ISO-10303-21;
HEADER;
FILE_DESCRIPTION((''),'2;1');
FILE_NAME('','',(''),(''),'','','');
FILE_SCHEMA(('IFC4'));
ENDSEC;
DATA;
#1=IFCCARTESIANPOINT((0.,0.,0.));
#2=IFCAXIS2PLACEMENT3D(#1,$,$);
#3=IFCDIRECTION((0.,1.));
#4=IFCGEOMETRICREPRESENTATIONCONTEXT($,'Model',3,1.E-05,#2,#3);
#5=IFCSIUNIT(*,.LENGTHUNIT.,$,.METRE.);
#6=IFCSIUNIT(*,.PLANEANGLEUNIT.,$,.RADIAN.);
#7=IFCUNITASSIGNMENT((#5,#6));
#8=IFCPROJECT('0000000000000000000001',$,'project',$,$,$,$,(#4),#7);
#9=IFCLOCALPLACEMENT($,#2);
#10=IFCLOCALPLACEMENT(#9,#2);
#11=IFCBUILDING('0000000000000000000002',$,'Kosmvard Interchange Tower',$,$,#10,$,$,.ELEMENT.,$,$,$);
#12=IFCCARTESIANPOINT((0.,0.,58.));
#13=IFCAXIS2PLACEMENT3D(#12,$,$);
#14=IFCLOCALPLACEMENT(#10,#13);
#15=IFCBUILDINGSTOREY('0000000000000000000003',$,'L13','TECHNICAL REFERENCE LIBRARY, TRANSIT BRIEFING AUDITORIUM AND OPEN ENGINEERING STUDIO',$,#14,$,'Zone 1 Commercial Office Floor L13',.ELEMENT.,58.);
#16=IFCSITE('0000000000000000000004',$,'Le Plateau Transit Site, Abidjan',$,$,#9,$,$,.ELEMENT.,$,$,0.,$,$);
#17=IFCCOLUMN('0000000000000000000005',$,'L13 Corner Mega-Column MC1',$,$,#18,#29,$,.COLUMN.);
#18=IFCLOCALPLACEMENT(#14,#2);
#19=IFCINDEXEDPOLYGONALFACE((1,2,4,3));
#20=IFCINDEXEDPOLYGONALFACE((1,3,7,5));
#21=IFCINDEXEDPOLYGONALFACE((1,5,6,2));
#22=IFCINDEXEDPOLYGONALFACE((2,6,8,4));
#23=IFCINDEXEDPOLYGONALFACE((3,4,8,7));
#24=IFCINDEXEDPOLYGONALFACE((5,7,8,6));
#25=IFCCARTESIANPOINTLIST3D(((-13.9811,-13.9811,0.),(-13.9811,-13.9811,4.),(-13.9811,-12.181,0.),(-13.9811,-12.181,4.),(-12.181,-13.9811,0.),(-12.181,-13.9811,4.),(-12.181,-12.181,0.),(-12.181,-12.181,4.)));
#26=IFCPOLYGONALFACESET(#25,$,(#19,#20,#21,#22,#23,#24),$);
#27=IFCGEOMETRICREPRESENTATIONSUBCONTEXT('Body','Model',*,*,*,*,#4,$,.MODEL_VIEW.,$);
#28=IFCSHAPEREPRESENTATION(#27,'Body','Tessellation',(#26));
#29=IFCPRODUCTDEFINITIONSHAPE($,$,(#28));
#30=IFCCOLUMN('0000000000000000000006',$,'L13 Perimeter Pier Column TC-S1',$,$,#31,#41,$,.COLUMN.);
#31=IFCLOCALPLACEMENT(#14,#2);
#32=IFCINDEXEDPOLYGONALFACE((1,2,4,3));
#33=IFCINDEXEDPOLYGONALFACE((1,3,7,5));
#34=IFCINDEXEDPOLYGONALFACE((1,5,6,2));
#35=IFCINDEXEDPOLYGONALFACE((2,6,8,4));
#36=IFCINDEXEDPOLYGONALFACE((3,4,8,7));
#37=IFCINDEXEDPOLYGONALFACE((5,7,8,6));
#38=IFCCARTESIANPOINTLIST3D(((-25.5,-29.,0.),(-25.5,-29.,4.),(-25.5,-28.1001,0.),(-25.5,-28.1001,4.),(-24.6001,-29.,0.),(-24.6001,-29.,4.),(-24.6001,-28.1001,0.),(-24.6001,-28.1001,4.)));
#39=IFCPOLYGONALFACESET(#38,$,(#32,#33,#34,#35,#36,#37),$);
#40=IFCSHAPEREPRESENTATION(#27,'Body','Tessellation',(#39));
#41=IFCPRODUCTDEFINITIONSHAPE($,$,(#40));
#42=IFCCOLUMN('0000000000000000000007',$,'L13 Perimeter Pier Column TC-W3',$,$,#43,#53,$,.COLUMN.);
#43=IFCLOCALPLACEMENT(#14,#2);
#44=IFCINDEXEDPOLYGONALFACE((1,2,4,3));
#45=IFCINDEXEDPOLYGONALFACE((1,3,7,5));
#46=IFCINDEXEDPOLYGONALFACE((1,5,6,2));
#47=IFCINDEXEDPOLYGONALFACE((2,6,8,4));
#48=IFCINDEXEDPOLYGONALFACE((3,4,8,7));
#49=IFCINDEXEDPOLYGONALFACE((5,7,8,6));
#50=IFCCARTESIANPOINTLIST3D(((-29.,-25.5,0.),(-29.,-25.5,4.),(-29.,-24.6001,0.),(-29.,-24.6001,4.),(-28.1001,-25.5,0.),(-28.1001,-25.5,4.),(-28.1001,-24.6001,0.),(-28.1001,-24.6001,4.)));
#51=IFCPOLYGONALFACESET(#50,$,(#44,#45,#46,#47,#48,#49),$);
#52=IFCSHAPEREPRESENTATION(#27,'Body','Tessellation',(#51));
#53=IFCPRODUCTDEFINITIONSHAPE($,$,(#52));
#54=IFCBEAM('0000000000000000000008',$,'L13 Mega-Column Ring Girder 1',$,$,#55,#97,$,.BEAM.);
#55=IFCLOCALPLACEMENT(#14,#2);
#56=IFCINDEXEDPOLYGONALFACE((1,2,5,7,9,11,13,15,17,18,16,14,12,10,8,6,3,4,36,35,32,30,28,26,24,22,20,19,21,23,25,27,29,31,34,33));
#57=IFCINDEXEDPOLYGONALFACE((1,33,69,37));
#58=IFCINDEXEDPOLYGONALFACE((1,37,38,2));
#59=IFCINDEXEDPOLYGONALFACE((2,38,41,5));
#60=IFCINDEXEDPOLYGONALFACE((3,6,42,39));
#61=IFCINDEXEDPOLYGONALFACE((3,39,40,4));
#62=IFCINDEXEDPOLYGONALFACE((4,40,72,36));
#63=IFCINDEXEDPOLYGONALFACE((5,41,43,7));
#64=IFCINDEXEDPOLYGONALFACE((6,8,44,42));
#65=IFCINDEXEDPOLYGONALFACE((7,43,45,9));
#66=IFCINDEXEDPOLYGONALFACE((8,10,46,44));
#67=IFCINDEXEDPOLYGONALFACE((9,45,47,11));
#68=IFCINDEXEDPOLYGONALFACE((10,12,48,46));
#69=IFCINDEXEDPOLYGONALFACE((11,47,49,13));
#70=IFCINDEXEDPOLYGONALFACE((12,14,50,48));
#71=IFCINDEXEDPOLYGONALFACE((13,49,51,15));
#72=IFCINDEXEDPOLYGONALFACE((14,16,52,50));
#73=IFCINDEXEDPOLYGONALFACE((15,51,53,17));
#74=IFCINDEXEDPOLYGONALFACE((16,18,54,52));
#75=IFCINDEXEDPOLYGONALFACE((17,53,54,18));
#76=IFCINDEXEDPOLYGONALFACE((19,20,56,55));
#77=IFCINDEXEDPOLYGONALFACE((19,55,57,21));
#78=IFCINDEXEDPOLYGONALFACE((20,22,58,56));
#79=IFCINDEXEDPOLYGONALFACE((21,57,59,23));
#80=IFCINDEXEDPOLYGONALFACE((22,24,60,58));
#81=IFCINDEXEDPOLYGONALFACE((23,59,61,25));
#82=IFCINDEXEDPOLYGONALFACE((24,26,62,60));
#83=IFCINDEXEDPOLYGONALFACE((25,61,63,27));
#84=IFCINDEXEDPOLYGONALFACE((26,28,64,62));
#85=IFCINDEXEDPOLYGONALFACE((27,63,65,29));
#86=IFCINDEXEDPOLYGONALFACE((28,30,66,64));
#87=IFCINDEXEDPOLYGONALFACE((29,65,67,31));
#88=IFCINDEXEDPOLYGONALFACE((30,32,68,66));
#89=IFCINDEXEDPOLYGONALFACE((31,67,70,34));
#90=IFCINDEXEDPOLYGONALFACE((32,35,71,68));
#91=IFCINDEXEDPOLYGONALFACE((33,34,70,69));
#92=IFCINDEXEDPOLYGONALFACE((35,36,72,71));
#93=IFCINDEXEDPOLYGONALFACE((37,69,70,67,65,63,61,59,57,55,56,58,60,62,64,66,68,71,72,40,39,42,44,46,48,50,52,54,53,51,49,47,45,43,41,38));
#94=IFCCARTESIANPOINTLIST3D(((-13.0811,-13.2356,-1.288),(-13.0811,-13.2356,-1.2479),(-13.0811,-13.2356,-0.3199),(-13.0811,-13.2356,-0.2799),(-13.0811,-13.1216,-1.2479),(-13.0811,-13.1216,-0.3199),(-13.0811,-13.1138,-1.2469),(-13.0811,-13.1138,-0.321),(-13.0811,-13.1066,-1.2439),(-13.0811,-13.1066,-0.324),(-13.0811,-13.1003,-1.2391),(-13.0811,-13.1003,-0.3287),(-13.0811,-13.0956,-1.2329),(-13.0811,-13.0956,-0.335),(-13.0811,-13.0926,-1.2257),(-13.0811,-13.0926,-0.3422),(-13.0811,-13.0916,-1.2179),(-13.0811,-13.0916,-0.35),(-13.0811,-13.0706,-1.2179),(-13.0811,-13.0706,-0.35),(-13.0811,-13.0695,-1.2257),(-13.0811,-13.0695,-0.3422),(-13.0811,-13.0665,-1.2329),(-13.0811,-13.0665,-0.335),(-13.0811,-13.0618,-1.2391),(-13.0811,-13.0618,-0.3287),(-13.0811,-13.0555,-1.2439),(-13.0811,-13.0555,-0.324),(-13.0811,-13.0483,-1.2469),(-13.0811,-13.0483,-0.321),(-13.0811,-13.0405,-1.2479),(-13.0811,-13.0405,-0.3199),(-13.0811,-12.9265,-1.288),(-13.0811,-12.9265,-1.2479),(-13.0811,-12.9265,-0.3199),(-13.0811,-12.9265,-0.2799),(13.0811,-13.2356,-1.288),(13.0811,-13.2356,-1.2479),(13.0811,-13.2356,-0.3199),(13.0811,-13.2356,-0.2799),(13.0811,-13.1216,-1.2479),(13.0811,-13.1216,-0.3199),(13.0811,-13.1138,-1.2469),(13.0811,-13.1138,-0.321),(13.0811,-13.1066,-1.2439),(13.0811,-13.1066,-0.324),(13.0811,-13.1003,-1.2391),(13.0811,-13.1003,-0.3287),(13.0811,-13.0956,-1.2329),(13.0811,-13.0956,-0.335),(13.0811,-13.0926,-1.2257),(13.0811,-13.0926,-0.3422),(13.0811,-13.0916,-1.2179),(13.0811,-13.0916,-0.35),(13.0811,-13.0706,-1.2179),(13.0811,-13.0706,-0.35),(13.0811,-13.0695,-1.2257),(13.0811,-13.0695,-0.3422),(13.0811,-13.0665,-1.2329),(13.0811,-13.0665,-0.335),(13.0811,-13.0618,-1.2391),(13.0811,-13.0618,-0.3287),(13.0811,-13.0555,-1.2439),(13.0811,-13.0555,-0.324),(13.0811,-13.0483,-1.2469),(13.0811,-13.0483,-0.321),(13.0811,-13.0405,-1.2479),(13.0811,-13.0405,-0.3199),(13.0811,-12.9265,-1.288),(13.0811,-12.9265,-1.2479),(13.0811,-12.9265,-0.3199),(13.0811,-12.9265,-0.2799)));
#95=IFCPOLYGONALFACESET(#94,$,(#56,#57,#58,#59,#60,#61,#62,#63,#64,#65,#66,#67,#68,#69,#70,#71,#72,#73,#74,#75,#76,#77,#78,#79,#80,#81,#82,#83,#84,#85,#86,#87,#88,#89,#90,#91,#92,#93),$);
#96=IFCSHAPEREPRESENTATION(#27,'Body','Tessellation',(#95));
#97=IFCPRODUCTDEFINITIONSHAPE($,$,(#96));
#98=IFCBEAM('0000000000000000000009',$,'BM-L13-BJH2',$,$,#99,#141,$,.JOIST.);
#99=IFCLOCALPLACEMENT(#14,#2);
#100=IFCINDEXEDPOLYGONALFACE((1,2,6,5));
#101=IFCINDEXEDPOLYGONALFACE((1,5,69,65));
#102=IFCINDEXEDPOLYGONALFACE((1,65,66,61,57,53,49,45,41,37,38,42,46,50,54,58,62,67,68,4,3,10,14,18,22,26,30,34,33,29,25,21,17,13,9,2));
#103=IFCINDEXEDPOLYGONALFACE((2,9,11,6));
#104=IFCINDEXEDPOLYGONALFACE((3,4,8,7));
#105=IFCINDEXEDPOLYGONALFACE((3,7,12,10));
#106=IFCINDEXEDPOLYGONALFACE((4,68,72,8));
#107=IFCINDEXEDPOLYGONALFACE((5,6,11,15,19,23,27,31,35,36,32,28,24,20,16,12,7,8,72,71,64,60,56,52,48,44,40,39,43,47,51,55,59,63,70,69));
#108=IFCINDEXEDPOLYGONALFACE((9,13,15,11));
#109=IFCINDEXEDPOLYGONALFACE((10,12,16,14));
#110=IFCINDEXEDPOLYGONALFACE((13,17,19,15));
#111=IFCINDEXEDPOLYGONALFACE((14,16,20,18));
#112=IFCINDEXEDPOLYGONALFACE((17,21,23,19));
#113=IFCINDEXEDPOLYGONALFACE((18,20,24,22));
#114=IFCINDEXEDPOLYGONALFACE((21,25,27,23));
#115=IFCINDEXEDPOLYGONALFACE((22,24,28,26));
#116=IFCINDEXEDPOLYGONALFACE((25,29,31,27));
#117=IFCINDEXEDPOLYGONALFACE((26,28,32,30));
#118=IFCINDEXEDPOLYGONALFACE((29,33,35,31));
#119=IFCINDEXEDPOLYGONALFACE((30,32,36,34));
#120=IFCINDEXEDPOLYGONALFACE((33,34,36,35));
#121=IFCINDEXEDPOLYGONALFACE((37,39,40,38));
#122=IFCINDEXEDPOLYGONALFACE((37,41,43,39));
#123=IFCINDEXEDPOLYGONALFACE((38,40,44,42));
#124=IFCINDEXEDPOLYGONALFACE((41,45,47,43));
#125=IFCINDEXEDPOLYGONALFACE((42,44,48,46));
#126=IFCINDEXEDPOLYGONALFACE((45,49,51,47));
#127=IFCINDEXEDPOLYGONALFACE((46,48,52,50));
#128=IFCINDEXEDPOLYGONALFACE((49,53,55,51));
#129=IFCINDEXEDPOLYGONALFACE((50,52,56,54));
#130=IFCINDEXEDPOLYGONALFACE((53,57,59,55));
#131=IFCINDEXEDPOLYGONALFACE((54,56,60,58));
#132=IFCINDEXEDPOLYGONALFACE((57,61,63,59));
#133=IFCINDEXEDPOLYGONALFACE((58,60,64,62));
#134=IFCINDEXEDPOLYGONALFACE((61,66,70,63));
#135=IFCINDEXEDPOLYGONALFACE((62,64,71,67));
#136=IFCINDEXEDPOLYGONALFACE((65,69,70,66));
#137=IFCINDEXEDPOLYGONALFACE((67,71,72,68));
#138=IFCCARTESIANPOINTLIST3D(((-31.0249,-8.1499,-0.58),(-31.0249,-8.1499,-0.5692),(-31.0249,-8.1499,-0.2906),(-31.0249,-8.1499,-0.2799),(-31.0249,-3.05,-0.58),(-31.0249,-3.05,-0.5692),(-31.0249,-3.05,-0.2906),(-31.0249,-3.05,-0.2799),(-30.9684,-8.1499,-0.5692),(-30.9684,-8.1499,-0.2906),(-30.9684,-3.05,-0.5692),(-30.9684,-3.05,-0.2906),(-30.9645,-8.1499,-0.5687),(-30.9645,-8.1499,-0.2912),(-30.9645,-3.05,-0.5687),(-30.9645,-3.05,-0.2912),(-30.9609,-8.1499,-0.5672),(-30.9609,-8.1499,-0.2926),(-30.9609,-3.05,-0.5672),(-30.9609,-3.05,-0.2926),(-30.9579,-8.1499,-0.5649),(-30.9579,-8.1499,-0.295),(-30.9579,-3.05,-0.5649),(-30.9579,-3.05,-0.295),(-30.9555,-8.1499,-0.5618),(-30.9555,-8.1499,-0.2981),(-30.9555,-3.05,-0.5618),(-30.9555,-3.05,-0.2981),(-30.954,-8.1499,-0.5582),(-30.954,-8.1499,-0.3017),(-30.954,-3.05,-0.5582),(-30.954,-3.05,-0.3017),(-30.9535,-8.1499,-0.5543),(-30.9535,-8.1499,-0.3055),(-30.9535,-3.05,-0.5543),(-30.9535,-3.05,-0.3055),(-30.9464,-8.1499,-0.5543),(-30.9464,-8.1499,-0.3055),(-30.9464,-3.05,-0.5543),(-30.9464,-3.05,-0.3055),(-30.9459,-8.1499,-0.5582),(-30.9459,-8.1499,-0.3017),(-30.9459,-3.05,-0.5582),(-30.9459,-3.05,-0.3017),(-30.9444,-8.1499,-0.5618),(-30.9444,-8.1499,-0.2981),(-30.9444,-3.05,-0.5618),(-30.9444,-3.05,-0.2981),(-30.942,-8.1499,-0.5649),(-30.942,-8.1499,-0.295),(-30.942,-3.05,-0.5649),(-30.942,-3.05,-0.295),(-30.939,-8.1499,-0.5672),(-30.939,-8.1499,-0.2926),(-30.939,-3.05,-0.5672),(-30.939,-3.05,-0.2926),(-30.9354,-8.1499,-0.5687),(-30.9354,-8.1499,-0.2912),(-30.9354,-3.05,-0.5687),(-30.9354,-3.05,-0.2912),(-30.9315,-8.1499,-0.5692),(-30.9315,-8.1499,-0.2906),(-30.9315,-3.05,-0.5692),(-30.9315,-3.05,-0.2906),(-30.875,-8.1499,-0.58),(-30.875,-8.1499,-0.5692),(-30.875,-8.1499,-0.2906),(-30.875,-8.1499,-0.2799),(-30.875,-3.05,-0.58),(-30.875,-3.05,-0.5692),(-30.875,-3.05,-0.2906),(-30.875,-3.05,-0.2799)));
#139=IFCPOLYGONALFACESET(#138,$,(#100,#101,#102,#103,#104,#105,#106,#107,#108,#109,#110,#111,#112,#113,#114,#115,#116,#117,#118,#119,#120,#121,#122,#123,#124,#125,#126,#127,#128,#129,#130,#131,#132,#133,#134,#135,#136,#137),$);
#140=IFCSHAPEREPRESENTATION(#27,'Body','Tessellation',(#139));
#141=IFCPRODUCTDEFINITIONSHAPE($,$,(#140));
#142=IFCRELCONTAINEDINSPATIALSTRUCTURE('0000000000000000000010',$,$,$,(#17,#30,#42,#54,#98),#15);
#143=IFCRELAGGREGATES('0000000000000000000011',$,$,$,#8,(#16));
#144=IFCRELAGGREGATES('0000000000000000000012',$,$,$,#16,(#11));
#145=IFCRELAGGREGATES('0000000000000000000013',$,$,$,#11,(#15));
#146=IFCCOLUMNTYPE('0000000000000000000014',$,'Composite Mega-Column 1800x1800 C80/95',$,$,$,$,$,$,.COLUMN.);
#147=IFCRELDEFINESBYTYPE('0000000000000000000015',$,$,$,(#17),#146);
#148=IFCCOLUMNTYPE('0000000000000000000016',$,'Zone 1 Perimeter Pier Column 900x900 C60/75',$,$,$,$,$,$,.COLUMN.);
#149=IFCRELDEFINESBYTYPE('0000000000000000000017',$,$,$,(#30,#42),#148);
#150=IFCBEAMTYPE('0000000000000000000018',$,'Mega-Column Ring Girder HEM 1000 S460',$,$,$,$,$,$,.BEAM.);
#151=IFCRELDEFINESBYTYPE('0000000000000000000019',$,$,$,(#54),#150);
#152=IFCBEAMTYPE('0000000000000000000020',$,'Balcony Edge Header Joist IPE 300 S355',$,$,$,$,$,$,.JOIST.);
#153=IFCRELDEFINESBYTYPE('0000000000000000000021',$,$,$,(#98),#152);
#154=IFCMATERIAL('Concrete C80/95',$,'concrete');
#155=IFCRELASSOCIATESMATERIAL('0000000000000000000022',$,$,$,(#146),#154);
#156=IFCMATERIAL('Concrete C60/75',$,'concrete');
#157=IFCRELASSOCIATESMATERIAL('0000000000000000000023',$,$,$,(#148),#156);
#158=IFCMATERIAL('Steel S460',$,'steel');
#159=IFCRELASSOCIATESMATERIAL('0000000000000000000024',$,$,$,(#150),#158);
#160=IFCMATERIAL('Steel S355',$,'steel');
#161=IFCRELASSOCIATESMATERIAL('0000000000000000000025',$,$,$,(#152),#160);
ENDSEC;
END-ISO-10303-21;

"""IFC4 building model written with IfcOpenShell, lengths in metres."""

from ifc_helpers import new_model, si_unit, direction, frame, origin, origin_2d, place, context, subcontext, project, spatial, rectangle, i_section, extrude, source, transform, mapped, material, material_profile, profile_set, type_object, element, save


model = new_model("IFC4")

# Units and contexts
model_context = context("Model", 3, precision=1e-05, world=origin(), true_north=direction((0.0, 1.0)))
body_context = subcontext(model_context, "Body", "Model", "MODEL_VIEW")
ifc_project = project(units=[si_unit("LENGTHUNIT", "METRE"), si_unit("PLANEANGLEUNIT", "RADIAN")], contexts=[model_context])

# Site, building, storey
site_placement = place(None, origin())
site = spatial("IfcSite", under=ifc_project, at=site_placement, Name="Le Plateau Transit Site, Abidjan", CompositionType="ELEMENT", RefElevation=0.0)
building_placement = place(site_placement, origin())
building = spatial("IfcBuilding", under=site, at=building_placement, Name="Kosmvard Interchange Tower", CompositionType="ELEMENT")
storey_placement = place(building_placement, frame((0.0, 0.0, 58.0)))
storey = spatial("IfcBuildingStorey", under=building, at=storey_placement, Name="L13", Description="TECHNICAL REFERENCE LIBRARY, TRANSIT BRIEFING AUDITORIUM AND OPEN ENGINEERING STUDIO", LongName="Zone 1 Commercial Office Floor L13", CompositionType="ELEMENT", Elevation=58.0)

# Columns
ifc_material_1 = material(Name="Concrete C80/95", Category="concrete")
ifc_material_profile_1 = material_profile(ifc_material_1, rectangle(XDim=1.8, YDim=1.8, at=origin_2d()), Name="MC 1800x1800")
ifc_profile_set_1 = profile_set([ifc_material_profile_1], Name="Concrete C80/95")
column_type_1 = type_object("IfcColumnType", Name="Composite Mega-Column 1800x1800 C80/95", PredefinedType="COLUMN", material=ifc_profile_set_1)
shared_shape_1 = source(origin(), body_context, "Body", "SweptSolid", [
    extrude(rectangle(XDim=1.8, YDim=1.8, at=origin_2d()), origin(), (0.0, 0.0, 1.0), 4.0),
])
column_placement = place(storey_placement, frame((-13.0811, -13.0811, 0.0), z_axis=(0.0, 0.0, 1.0), x_axis=(1.0, 0.0, 0.0)))
element("IfcColumn", 1, at=column_placement, inside=storey, type_object=column_type_1, Name="L13 Corner Mega-Column MC1", PredefinedType="COLUMN", context=body_context, shape_type="MappedRepresentation", body=[
    mapped(shared_shape_1, transform((0.0, 0.0, 0.0), scale=1.0)),
])
ifc_material_2 = material(Name="Concrete C60/75", Category="concrete")
ifc_material_profile_2 = material_profile(ifc_material_2, rectangle(XDim=0.8999, YDim=0.8999, at=origin_2d()), Name="TC 900x900")
ifc_profile_set_2 = profile_set([ifc_material_profile_2], Name="Concrete C60/75")
column_type_2 = type_object("IfcColumnType", Name="Zone 1 Perimeter Pier Column 900x900 C60/75", PredefinedType="COLUMN", material=ifc_profile_set_2)
shared_shape_2 = source(origin(), body_context, "Body", "SweptSolid", [
    extrude(rectangle(XDim=0.8999, YDim=0.8999, at=origin_2d()), origin(), (0.0, 0.0, 1.0), 4.0),
])
for number, where, z_axis, x_axis, name in (
    (2, (-25.05, -28.55, 0.0), (0.0, 0.0, 1.0), (1.0, 0.0, 0.0), "L13 Perimeter Pier Column TC-S1"),
    (3, (-28.55, -25.05, 0.0), (0.0, 0.0, 1.0), (1.0, 0.0, 0.0), "L13 Perimeter Pier Column TC-W3"),
):
    element("IfcColumn", number, at=place(storey_placement, frame(where, z_axis=z_axis, x_axis=x_axis)), inside=storey, type_object=column_type_2, Name=name, PredefinedType="COLUMN", context=body_context, shape_type="MappedRepresentation", body=[
        mapped(shared_shape_2, transform((0.0, 0.0, 0.0), scale=1.0)),
    ])

# Beams
ifc_material_3 = material(Name="Steel S460", Category="steel")
ifc_material_profile_3 = material_profile(ifc_material_3, i_section(OverallWidth=0.3091, OverallDepth=1.0081, WebThickness=0.021, FlangeThickness=0.04, FilletRadius=0.03, at=origin_2d()), Name="HEM 1000")
ifc_profile_set_3 = profile_set([ifc_material_profile_3], Name="Steel S460")
beam_type_1 = type_object("IfcBeamType", Name="Mega-Column Ring Girder HEM 1000 S460", PredefinedType="BEAM", material=ifc_profile_set_3)
shared_shape_3 = source(origin(), body_context, "Body", "SweptSolid", [
    extrude(i_section(OverallWidth=0.3091, OverallDepth=1.0081, WebThickness=0.021, FlangeThickness=0.04, FilletRadius=0.03, at=origin_2d()), origin(), (0.0, 0.0, 1.0), 26.1621),
])
beam_1_placement = place(storey_placement, frame((-13.0811, -13.0811, -0.7839), z_axis=(1.0, 0.0, 0.0), x_axis=(0.0, 1.0, 0.0)))
element("IfcBeam", 4, at=beam_1_placement, inside=storey, type_object=beam_type_1, Name="L13 Mega-Column Ring Girder 1", PredefinedType="BEAM", context=body_context, shape_type="MappedRepresentation", body=[
    mapped(shared_shape_3, transform((0.0, 0.0, 0.0), scale=1.0)),
])
ifc_material_4 = material(Name="Steel S355", Category="steel")
ifc_material_profile_4 = material_profile(ifc_material_4, i_section(OverallWidth=0.1499, OverallDepth=0.3, WebThickness=0.0071, FlangeThickness=0.0107, FilletRadius=0.0149, at=origin_2d()), Name="IPE 300")
ifc_profile_set_4 = profile_set([ifc_material_profile_4], Name="Steel S355")
beam_type_2 = type_object("IfcBeamType", Name="Balcony Edge Header Joist IPE 300 S355", PredefinedType="JOIST", material=ifc_profile_set_4)
shared_shape_4 = source(origin(), body_context, "Body", "SweptSolid", [
    extrude(i_section(OverallWidth=0.1499, OverallDepth=0.3, WebThickness=0.0071, FlangeThickness=0.0107, FilletRadius=0.0149, at=origin_2d()), origin(), (0.0, 0.0, 1.0), 5.0999),
])
beam_2_placement = place(storey_placement, frame((-30.95, -3.05, -0.4299), z_axis=(0.0, -1.0, 0.0), x_axis=(1.0, 0.0, 0.0)))
element("IfcBeam", 5, at=beam_2_placement, inside=storey, type_object=beam_type_2, Name="BM-L13-BJH2", PredefinedType="JOIST", context=body_context, shape_type="MappedRepresentation", body=[
    mapped(shared_shape_4, transform((0.0, 0.0, 0.0), scale=1.0)),
])

save(model, "model.ifc")
